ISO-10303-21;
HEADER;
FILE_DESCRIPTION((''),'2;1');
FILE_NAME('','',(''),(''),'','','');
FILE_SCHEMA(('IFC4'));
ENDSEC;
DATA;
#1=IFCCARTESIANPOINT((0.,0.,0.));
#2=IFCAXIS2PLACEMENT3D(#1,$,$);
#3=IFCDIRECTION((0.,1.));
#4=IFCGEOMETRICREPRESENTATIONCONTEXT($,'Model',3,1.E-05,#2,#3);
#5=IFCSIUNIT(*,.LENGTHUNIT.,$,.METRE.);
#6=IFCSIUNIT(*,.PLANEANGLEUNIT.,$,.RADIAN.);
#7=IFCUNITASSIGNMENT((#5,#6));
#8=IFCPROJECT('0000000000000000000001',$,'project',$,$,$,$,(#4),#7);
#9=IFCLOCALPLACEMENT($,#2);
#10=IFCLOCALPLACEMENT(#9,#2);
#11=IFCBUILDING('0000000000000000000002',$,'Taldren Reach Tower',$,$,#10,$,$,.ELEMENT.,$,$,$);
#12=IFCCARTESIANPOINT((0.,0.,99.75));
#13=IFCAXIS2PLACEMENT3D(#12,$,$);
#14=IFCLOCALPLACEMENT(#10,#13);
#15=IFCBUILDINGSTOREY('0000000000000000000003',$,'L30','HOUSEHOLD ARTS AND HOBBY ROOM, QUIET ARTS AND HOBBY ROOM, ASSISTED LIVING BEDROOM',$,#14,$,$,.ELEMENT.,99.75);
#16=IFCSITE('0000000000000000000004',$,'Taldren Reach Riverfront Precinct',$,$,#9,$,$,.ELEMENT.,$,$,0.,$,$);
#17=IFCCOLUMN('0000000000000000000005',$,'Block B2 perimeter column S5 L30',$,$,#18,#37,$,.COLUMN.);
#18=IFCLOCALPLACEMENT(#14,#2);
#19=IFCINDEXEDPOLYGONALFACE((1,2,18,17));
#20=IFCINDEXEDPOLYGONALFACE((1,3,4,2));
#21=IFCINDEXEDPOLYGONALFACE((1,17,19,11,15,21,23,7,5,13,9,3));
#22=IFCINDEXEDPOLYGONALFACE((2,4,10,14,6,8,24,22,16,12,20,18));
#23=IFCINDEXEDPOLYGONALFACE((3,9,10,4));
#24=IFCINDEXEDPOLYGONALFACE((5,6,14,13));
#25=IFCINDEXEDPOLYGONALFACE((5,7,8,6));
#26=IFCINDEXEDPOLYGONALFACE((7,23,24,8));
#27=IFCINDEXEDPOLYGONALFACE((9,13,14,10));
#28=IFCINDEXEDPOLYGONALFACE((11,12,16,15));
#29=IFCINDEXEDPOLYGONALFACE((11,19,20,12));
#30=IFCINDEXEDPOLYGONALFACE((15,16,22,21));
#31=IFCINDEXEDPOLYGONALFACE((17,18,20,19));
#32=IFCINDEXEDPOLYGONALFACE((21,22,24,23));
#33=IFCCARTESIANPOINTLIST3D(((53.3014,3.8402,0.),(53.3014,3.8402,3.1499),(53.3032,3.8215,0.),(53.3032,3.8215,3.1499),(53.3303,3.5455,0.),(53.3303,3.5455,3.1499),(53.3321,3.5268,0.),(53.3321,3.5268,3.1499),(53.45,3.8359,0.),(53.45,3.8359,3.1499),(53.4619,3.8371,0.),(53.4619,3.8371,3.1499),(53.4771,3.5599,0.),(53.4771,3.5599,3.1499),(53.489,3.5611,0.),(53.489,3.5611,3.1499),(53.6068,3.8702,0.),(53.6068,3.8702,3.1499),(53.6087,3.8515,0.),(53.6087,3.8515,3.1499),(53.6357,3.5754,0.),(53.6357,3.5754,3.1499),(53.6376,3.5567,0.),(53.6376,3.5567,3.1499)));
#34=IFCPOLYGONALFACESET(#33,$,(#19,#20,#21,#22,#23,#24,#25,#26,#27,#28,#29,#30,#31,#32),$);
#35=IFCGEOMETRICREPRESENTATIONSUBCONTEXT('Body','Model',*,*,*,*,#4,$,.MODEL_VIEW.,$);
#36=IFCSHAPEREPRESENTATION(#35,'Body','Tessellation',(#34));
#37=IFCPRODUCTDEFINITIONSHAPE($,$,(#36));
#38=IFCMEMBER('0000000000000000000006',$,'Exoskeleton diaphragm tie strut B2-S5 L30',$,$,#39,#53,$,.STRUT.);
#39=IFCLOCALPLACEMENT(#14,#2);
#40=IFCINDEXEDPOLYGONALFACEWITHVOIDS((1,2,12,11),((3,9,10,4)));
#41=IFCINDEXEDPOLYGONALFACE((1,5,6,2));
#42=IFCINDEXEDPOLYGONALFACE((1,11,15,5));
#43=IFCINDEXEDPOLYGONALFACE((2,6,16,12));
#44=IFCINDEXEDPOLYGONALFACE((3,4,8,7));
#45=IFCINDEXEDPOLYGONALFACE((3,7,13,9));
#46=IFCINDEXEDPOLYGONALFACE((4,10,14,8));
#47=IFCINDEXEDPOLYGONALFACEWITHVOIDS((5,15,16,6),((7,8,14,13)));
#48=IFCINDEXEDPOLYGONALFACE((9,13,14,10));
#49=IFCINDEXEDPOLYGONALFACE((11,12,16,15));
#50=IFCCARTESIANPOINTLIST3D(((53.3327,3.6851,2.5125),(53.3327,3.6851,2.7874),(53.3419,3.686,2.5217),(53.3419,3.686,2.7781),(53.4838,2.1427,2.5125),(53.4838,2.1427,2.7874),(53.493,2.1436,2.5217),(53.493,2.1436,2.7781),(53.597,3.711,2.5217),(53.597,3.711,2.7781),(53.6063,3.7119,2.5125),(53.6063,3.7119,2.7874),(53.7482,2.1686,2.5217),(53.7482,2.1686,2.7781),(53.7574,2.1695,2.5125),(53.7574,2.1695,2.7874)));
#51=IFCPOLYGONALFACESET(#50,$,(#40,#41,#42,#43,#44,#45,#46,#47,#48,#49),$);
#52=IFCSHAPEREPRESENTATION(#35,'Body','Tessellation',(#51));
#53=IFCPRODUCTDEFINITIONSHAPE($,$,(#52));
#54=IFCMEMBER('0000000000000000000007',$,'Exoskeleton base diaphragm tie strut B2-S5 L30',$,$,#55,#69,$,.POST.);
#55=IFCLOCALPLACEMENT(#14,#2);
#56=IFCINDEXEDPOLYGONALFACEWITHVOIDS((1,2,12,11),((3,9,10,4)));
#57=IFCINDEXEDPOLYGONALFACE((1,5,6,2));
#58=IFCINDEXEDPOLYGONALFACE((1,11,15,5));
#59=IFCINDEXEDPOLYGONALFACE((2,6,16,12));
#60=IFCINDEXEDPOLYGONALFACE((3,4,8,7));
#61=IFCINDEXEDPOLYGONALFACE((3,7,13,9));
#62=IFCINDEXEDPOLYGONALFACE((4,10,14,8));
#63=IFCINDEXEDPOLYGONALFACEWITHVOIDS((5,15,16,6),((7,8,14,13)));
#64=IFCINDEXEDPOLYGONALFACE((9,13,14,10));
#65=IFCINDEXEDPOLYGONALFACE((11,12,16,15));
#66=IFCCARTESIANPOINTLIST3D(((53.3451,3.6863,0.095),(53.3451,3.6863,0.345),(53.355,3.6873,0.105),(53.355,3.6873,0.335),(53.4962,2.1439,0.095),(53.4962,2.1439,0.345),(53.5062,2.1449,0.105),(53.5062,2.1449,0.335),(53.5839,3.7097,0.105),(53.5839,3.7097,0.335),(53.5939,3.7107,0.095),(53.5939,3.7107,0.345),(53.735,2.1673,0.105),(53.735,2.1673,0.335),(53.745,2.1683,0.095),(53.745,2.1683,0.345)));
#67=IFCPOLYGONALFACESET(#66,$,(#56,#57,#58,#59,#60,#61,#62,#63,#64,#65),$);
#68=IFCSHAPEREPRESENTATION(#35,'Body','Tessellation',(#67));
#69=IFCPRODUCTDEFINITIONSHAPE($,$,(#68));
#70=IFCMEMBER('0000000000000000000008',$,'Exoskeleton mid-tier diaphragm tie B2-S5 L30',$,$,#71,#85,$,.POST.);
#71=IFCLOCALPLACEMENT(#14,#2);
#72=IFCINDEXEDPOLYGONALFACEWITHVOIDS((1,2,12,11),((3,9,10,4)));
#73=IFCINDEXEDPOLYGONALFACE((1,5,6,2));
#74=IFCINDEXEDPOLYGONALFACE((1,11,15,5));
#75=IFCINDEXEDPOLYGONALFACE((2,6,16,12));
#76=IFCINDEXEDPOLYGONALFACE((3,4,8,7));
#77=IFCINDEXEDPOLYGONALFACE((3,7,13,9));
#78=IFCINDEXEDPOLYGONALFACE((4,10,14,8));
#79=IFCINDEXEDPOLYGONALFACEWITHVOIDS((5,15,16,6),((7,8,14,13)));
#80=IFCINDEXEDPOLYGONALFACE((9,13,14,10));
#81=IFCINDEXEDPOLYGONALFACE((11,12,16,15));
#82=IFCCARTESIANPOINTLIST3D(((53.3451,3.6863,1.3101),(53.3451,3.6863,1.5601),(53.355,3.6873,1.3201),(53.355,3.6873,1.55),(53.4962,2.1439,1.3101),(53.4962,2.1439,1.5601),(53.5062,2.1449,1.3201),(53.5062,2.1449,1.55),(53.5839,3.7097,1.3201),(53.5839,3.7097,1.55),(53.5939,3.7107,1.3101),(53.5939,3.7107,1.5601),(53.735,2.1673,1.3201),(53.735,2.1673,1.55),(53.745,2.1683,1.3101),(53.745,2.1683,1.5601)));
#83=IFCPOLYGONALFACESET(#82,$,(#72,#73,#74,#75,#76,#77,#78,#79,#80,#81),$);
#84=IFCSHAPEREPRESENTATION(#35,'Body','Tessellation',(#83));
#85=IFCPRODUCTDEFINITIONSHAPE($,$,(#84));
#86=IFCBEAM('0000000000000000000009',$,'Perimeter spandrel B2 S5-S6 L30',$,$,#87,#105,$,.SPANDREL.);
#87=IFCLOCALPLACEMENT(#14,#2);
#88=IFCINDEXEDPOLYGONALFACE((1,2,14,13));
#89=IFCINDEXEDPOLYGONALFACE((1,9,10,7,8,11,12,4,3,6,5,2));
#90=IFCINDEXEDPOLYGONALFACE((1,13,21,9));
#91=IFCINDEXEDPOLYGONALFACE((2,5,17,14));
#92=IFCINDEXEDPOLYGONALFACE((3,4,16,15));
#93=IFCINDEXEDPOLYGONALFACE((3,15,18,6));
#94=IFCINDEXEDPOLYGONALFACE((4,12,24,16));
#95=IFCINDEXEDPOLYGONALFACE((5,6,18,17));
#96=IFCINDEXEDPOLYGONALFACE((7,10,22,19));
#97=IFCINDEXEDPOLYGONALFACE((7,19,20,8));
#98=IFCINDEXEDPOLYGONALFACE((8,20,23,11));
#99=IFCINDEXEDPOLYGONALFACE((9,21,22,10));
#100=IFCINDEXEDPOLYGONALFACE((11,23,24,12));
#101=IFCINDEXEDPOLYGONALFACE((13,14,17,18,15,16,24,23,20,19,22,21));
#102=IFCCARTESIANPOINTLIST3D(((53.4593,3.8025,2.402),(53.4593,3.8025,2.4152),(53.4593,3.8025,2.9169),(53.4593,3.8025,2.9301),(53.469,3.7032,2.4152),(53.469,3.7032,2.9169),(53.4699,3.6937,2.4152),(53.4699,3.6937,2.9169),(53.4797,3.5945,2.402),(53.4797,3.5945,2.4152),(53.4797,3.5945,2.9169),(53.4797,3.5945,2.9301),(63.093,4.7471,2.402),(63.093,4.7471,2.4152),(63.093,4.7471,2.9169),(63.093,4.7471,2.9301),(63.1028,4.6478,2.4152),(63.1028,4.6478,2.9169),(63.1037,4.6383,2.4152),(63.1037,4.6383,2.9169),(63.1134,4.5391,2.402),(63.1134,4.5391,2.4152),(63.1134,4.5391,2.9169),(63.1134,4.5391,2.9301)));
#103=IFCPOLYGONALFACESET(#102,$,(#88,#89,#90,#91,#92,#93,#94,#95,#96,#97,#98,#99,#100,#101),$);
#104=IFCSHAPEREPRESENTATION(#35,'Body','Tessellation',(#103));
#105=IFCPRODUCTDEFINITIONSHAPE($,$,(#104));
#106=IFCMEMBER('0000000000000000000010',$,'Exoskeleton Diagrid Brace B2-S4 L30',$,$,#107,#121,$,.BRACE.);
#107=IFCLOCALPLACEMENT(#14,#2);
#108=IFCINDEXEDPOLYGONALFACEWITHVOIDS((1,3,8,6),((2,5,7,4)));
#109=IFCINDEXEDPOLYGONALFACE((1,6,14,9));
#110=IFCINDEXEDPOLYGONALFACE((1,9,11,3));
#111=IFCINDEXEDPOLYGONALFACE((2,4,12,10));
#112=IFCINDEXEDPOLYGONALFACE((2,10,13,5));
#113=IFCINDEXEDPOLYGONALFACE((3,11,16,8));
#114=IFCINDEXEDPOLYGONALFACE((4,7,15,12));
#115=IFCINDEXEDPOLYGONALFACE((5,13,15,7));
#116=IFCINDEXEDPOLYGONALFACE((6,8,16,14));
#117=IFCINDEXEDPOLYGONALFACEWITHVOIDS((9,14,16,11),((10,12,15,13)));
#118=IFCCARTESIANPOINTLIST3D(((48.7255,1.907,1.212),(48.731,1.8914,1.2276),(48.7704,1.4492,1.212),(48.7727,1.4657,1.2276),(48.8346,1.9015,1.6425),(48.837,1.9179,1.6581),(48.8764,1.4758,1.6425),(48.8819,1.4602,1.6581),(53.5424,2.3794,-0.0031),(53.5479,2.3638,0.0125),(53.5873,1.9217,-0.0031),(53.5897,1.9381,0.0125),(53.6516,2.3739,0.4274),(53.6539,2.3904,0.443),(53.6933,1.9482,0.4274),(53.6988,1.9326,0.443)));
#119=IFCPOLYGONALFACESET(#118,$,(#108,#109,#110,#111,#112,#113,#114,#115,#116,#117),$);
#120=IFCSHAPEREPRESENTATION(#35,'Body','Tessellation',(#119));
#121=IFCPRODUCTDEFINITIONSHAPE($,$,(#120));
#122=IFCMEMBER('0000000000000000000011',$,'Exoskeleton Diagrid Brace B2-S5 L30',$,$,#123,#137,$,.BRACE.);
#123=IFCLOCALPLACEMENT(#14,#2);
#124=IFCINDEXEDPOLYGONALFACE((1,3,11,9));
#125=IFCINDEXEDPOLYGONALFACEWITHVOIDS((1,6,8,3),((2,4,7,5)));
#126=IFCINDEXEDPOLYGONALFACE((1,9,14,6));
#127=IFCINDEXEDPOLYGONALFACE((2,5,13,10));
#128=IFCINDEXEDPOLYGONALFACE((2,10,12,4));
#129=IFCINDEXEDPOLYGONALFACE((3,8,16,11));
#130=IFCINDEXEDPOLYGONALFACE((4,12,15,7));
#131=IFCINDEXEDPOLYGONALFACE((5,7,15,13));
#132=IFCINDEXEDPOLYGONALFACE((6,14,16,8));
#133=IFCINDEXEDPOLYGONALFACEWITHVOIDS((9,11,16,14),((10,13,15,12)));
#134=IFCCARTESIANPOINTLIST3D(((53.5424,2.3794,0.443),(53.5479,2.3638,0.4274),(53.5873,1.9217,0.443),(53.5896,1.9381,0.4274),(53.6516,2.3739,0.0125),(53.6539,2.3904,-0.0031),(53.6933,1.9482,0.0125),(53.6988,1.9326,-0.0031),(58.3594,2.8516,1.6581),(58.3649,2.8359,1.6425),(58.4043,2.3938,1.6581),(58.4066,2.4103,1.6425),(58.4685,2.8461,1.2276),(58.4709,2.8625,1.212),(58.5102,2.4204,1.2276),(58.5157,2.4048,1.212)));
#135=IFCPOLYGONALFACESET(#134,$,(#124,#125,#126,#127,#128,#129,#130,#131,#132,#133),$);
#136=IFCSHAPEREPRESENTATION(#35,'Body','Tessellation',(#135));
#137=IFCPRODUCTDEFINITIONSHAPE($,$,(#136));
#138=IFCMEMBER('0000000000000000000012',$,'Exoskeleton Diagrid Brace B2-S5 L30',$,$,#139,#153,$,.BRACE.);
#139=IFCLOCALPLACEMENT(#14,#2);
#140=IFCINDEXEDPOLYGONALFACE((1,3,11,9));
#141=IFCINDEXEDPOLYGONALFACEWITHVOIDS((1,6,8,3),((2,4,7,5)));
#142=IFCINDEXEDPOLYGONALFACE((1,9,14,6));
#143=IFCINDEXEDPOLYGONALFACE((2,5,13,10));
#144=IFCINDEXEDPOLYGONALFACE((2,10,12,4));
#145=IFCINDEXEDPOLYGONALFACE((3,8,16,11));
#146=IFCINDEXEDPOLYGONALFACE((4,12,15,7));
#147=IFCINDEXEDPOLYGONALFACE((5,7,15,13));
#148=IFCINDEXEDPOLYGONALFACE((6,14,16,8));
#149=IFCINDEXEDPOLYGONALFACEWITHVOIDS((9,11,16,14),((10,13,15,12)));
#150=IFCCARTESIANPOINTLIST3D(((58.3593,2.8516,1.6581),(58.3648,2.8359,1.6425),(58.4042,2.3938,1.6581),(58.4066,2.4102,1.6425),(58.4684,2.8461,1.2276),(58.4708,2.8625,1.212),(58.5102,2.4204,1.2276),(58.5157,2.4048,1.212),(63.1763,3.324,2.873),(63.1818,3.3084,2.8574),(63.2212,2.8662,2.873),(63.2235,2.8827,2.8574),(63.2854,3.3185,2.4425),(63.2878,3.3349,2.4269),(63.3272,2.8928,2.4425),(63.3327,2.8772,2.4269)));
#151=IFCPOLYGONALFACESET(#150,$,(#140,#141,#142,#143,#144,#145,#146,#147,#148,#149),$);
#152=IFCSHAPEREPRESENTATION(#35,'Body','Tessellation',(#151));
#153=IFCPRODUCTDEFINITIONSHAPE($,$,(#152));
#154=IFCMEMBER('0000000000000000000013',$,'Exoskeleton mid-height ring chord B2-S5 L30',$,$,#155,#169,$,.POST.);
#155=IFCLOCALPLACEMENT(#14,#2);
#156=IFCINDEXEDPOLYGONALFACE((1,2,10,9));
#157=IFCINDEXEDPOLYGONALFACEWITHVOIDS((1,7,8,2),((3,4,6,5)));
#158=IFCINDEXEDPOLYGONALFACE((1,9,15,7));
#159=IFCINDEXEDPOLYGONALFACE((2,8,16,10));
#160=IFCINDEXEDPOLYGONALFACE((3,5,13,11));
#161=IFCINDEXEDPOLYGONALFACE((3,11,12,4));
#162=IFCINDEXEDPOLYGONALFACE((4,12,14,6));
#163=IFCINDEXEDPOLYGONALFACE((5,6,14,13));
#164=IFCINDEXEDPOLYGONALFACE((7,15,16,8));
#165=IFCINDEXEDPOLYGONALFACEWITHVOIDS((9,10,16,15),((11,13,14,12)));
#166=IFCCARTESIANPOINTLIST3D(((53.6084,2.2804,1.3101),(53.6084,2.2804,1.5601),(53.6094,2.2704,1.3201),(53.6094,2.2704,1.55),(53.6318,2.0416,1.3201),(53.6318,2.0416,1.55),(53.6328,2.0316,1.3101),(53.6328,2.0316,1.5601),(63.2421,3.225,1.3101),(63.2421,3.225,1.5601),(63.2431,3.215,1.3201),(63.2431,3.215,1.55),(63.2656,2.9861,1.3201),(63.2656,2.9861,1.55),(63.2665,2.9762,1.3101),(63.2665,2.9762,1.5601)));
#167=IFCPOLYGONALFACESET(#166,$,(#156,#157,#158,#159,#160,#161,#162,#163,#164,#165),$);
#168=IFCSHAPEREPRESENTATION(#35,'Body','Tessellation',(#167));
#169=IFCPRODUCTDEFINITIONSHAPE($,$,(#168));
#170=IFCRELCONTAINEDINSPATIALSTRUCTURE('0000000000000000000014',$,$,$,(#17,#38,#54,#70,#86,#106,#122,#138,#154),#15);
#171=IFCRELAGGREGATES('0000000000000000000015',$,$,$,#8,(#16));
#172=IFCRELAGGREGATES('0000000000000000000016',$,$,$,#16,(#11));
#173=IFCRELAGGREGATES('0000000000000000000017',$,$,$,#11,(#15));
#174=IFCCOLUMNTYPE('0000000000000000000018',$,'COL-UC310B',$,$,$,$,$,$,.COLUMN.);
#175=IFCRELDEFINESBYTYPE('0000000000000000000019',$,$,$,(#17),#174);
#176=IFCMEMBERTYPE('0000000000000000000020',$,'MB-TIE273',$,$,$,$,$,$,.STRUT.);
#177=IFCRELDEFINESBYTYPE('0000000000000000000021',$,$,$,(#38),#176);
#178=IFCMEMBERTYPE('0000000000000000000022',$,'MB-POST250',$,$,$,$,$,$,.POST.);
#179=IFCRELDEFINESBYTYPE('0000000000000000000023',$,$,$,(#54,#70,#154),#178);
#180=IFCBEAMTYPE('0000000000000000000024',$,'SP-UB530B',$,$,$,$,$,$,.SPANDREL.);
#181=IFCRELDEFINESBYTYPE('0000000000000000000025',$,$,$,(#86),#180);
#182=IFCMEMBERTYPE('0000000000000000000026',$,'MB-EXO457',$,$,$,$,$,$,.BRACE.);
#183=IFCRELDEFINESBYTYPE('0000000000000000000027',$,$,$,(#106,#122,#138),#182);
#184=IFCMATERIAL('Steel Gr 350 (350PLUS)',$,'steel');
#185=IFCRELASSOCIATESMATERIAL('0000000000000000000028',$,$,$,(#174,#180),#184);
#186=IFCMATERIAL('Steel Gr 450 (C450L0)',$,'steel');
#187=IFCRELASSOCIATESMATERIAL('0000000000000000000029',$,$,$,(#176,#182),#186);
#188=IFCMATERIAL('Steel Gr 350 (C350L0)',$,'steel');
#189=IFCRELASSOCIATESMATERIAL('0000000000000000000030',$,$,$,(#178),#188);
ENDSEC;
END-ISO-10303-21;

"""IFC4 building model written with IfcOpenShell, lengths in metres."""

from ifc_helpers import new_model, si_unit, direction, frame, origin, origin_2d, place, context, subcontext, project, spatial, hollow_rectangle, i_section, extrude, source, transform, mapped, material, material_profile, profile_set, type_object, element, save


model = new_model("IFC4")

# Units and contexts
model_context = context("Model", 3, precision=1e-05, world=origin(), true_north=direction((0.0, 1.0)))
body_context = subcontext(model_context, "Body", "Model", "MODEL_VIEW")
ifc_project = project(units=[si_unit("LENGTHUNIT", "METRE"), si_unit("PLANEANGLEUNIT", "RADIAN")], contexts=[model_context])

# Site, building, storey
site_placement = place(None, origin())
site = spatial("IfcSite", under=ifc_project, at=site_placement, Name="Taldren Reach Riverfront Precinct", CompositionType="ELEMENT", RefElevation=0.0)
building_placement = place(site_placement, origin())
building = spatial("IfcBuilding", under=site, at=building_placement, Name="Taldren Reach Tower", CompositionType="ELEMENT")
storey_placement = place(building_placement, frame((0.0, 0.0, 99.75)))
storey = spatial("IfcBuildingStorey", under=building, at=storey_placement, Name="L30", Description="HOUSEHOLD ARTS AND HOBBY ROOM, QUIET ARTS AND HOBBY ROOM, ASSISTED LIVING BEDROOM", CompositionType="ELEMENT", Elevation=99.75)

# Column
ifc_material_1 = material(Name="Steel Gr 350 (350PLUS)", Category="steel")
ifc_material_profile_1 = material_profile(ifc_material_1, i_section(OverallWidth=0.3069, OverallDepth=0.3149, WebThickness=0.012, FlangeThickness=0.0188, at=origin_2d()), Name="310UC118")
ifc_profile_set_1 = profile_set([ifc_material_profile_1], Name="Steel Gr 350 (350PLUS)")
column_type = type_object("IfcColumnType", Name="COL-UC310B", PredefinedType="COLUMN", material=ifc_profile_set_1)
shared_shape_1 = source(origin(), body_context, "Body", "SweptSolid", [
    extrude(i_section(OverallWidth=0.3069, OverallDepth=0.3149, WebThickness=0.012, FlangeThickness=0.0188, at=origin_2d()), origin(), (0.0, 0.0, 1.0), 3.1499),
])
column_placement = place(storey_placement, frame((53.4695, 3.6985, 0.0), z_axis=(0.0, 0.0, 1.0), x_axis=(0.995227, 0.097583, 0.0)))
element("IfcColumn", 1, at=column_placement, inside=storey, type_object=column_type, Name="Block B2 perimeter column S5 L30", PredefinedType="COLUMN", context=body_context, shape_type="MappedRepresentation", body=[
    mapped(shared_shape_1, transform((0.0, 0.0, 0.0), scale=1.0)),
])

# Members
ifc_material_2 = material(Name="Steel Gr 450 (C450L0)", Category="steel")
ifc_material_profile_2 = material_profile(ifc_material_2, hollow_rectangle(XDim=0.2749, YDim=0.2749, WallThickness=0.0093, at=origin_2d()), Name="275x275x9.3SHS")
ifc_profile_set_2 = profile_set([ifc_material_profile_2], Name="Steel Gr 450 (C450L0)")
member_type_1 = type_object("IfcMemberType", Name="MB-TIE273", PredefinedType="STRUT", material=ifc_profile_set_2)
shared_shape_2 = source(origin(), body_context, "Body", "SweptSolid", [
    extrude(hollow_rectangle(XDim=0.2749, YDim=0.2749, WallThickness=0.0093, at=origin_2d()), origin(), (0.0, 0.0, 1.0), 1.5498),
])
member_1_placement = place(storey_placement, frame((53.4695, 3.6985, 2.6499), z_axis=(0.097507, -0.995235, 0.0), x_axis=(0.995235, 0.097507, 0.0)))
element("IfcMember", 2, at=member_1_placement, inside=storey, type_object=member_type_1, Name="Exoskeleton diaphragm tie strut B2-S5 L30", PredefinedType="STRUT", context=body_context, shape_type="MappedRepresentation", body=[
    mapped(shared_shape_2, transform((0.0, 0.0, 0.0), scale=1.0)),
])
ifc_material_3 = material(Name="Steel Gr 350 (C350L0)", Category="steel")
ifc_material_profile_3 = material_profile(ifc_material_3, hollow_rectangle(XDim=0.25, YDim=0.25, WallThickness=0.01, at=origin_2d()), Name="250x250x10.0SHS")
ifc_profile_set_3 = profile_set([ifc_material_profile_3], Name="Steel Gr 350 (C350L0)")
member_type_2 = type_object("IfcMemberType", Name="MB-POST250", PredefinedType="POST", material=ifc_profile_set_3)
shared_shape_3 = source(origin(), body_context, "Body", "SweptSolid", [
    extrude(hollow_rectangle(XDim=0.25, YDim=0.25, WallThickness=0.01, at=origin_2d()), origin(), (0.0, 0.0, 1.0), 1.5498),
])
for number, where, z_axis, x_axis, name in (
    (3, (53.4695, 3.6985, 0.22), (0.097507, -0.995235, 0.0), (0.995235, 0.097507, 0.0), "Exoskeleton base diaphragm tie strut B2-S5 L30"),
    (4, (53.4695, 3.6985, 1.4351), (0.097507, -0.995235, 0.0), (0.995235, 0.097507, 0.0), "Exoskeleton mid-tier diaphragm tie B2-S5 L30"),
):
    element("IfcMember", number, at=place(storey_placement, frame(where, z_axis=z_axis, x_axis=x_axis)), inside=storey, type_object=member_type_2, Name=name, PredefinedType="POST", context=body_context, shape_type="MappedRepresentation", body=[
        mapped(shared_shape_3, transform((0.0, 0.0, 0.0), scale=1.0)),
    ])

# Beam
ifc_material_profile_4 = material_profile(ifc_material_1, i_section(OverallWidth=0.209, OverallDepth=0.5281, WebThickness=0.0095, FlangeThickness=0.0132, at=origin_2d()), Name="530UB82.0")
ifc_profile_set_4 = profile_set([ifc_material_profile_4], Name="Steel Gr 350 (350PLUS)")
beam_type = type_object("IfcBeamType", Name="SP-UB530B", PredefinedType="SPANDREL", material=ifc_profile_set_4)
shared_shape_4 = source(origin(), body_context, "Body", "SweptSolid", [
    extrude(i_section(OverallWidth=0.209, OverallDepth=0.5281, WebThickness=0.0095, FlangeThickness=0.0132, at=origin_2d()), origin(), (0.0, 0.0, 1.0), 9.6799),
])
beam_placement = place(storey_placement, frame((53.4695, 3.6985, 2.666), z_axis=(0.995228, 0.097581, 0.0), x_axis=(-0.097581, 0.995228, 0.0)))
element("IfcBeam", 5, at=beam_placement, inside=storey, type_object=beam_type, Name="Perimeter spandrel B2 S5-S6 L30", PredefinedType="SPANDREL", context=body_context, shape_type="MappedRepresentation", body=[
    mapped(shared_shape_4, transform((0.0, 0.0, 0.0), scale=1.0)),
])

# Members
ifc_material_profile_5 = material_profile(ifc_material_2, hollow_rectangle(XDim=0.46, YDim=0.46, WallThickness=0.0161, at=origin_2d()), Name="460x460x16.0SHS")
ifc_profile_set_5 = profile_set([ifc_material_profile_5], Name="Steel Gr 450 (C450L0)")
member_type_3 = type_object("IfcMemberType", Name="MB-EXO457", PredefinedType="BRACE", material=ifc_profile_set_5)
shared_shape_5 = source(origin(), body_context, "Body", "SweptSolid", [
    extrude(hollow_rectangle(XDim=0.46, YDim=0.46, WallThickness=0.0161, at=origin_2d()), origin(), (0.0, 0.0, 1.0), 4.9902),
])
for number, where, z_axis, x_axis, name in (
    (6, (53.6206, 2.156, 0.22), (-0.965271, -0.094668, 0.243495), (0.097606, -0.995225, 0.0), "Exoskeleton Diagrid Brace B2-S4 L30"),
    (7, (53.6206, 2.156, 0.22), (0.965276, 0.09462, 0.243496), (-0.097556, 0.99523, 0.0), "Exoskeleton Diagrid Brace B2-S5 L30"),
    (8, (58.4375, 2.6282, 1.4351), (0.965283, 0.094669, 0.243449), (-0.097606, 0.995225, 0.0), "Exoskeleton Diagrid Brace B2-S5 L30"),
):
    element("IfcMember", number, at=place(storey_placement, frame(where, z_axis=z_axis, x_axis=x_axis)), inside=storey, type_object=member_type_3, Name=name, PredefinedType="BRACE", context=body_context, shape_type="MappedRepresentation", body=[
        mapped(shared_shape_5, transform((0.0, 0.0, 0.0), scale=1.0)),
    ])
shared_shape_6 = source(origin(), body_context, "Body", "SweptSolid", [
    extrude(hollow_rectangle(XDim=0.25, YDim=0.25, WallThickness=0.01, at=origin_2d()), origin(), (0.0, 0.0, 1.0), 9.6799),
])
member_2_placement = place(storey_placement, frame((53.6206, 2.156, 1.4351), z_axis=(0.995228, 0.097581, 0.0), x_axis=(-0.097581, 0.995228, 0.0)))
element("IfcMember", 9, at=member_2_placement, inside=storey, type_object=member_type_2, Name="Exoskeleton mid-height ring chord B2-S5 L30", PredefinedType="POST", context=body_context, shape_type="MappedRepresentation", body=[
    mapped(shared_shape_6, transform((0.0, 0.0, 0.0), scale=1.0)),
])

save(model, "model.ifc")
